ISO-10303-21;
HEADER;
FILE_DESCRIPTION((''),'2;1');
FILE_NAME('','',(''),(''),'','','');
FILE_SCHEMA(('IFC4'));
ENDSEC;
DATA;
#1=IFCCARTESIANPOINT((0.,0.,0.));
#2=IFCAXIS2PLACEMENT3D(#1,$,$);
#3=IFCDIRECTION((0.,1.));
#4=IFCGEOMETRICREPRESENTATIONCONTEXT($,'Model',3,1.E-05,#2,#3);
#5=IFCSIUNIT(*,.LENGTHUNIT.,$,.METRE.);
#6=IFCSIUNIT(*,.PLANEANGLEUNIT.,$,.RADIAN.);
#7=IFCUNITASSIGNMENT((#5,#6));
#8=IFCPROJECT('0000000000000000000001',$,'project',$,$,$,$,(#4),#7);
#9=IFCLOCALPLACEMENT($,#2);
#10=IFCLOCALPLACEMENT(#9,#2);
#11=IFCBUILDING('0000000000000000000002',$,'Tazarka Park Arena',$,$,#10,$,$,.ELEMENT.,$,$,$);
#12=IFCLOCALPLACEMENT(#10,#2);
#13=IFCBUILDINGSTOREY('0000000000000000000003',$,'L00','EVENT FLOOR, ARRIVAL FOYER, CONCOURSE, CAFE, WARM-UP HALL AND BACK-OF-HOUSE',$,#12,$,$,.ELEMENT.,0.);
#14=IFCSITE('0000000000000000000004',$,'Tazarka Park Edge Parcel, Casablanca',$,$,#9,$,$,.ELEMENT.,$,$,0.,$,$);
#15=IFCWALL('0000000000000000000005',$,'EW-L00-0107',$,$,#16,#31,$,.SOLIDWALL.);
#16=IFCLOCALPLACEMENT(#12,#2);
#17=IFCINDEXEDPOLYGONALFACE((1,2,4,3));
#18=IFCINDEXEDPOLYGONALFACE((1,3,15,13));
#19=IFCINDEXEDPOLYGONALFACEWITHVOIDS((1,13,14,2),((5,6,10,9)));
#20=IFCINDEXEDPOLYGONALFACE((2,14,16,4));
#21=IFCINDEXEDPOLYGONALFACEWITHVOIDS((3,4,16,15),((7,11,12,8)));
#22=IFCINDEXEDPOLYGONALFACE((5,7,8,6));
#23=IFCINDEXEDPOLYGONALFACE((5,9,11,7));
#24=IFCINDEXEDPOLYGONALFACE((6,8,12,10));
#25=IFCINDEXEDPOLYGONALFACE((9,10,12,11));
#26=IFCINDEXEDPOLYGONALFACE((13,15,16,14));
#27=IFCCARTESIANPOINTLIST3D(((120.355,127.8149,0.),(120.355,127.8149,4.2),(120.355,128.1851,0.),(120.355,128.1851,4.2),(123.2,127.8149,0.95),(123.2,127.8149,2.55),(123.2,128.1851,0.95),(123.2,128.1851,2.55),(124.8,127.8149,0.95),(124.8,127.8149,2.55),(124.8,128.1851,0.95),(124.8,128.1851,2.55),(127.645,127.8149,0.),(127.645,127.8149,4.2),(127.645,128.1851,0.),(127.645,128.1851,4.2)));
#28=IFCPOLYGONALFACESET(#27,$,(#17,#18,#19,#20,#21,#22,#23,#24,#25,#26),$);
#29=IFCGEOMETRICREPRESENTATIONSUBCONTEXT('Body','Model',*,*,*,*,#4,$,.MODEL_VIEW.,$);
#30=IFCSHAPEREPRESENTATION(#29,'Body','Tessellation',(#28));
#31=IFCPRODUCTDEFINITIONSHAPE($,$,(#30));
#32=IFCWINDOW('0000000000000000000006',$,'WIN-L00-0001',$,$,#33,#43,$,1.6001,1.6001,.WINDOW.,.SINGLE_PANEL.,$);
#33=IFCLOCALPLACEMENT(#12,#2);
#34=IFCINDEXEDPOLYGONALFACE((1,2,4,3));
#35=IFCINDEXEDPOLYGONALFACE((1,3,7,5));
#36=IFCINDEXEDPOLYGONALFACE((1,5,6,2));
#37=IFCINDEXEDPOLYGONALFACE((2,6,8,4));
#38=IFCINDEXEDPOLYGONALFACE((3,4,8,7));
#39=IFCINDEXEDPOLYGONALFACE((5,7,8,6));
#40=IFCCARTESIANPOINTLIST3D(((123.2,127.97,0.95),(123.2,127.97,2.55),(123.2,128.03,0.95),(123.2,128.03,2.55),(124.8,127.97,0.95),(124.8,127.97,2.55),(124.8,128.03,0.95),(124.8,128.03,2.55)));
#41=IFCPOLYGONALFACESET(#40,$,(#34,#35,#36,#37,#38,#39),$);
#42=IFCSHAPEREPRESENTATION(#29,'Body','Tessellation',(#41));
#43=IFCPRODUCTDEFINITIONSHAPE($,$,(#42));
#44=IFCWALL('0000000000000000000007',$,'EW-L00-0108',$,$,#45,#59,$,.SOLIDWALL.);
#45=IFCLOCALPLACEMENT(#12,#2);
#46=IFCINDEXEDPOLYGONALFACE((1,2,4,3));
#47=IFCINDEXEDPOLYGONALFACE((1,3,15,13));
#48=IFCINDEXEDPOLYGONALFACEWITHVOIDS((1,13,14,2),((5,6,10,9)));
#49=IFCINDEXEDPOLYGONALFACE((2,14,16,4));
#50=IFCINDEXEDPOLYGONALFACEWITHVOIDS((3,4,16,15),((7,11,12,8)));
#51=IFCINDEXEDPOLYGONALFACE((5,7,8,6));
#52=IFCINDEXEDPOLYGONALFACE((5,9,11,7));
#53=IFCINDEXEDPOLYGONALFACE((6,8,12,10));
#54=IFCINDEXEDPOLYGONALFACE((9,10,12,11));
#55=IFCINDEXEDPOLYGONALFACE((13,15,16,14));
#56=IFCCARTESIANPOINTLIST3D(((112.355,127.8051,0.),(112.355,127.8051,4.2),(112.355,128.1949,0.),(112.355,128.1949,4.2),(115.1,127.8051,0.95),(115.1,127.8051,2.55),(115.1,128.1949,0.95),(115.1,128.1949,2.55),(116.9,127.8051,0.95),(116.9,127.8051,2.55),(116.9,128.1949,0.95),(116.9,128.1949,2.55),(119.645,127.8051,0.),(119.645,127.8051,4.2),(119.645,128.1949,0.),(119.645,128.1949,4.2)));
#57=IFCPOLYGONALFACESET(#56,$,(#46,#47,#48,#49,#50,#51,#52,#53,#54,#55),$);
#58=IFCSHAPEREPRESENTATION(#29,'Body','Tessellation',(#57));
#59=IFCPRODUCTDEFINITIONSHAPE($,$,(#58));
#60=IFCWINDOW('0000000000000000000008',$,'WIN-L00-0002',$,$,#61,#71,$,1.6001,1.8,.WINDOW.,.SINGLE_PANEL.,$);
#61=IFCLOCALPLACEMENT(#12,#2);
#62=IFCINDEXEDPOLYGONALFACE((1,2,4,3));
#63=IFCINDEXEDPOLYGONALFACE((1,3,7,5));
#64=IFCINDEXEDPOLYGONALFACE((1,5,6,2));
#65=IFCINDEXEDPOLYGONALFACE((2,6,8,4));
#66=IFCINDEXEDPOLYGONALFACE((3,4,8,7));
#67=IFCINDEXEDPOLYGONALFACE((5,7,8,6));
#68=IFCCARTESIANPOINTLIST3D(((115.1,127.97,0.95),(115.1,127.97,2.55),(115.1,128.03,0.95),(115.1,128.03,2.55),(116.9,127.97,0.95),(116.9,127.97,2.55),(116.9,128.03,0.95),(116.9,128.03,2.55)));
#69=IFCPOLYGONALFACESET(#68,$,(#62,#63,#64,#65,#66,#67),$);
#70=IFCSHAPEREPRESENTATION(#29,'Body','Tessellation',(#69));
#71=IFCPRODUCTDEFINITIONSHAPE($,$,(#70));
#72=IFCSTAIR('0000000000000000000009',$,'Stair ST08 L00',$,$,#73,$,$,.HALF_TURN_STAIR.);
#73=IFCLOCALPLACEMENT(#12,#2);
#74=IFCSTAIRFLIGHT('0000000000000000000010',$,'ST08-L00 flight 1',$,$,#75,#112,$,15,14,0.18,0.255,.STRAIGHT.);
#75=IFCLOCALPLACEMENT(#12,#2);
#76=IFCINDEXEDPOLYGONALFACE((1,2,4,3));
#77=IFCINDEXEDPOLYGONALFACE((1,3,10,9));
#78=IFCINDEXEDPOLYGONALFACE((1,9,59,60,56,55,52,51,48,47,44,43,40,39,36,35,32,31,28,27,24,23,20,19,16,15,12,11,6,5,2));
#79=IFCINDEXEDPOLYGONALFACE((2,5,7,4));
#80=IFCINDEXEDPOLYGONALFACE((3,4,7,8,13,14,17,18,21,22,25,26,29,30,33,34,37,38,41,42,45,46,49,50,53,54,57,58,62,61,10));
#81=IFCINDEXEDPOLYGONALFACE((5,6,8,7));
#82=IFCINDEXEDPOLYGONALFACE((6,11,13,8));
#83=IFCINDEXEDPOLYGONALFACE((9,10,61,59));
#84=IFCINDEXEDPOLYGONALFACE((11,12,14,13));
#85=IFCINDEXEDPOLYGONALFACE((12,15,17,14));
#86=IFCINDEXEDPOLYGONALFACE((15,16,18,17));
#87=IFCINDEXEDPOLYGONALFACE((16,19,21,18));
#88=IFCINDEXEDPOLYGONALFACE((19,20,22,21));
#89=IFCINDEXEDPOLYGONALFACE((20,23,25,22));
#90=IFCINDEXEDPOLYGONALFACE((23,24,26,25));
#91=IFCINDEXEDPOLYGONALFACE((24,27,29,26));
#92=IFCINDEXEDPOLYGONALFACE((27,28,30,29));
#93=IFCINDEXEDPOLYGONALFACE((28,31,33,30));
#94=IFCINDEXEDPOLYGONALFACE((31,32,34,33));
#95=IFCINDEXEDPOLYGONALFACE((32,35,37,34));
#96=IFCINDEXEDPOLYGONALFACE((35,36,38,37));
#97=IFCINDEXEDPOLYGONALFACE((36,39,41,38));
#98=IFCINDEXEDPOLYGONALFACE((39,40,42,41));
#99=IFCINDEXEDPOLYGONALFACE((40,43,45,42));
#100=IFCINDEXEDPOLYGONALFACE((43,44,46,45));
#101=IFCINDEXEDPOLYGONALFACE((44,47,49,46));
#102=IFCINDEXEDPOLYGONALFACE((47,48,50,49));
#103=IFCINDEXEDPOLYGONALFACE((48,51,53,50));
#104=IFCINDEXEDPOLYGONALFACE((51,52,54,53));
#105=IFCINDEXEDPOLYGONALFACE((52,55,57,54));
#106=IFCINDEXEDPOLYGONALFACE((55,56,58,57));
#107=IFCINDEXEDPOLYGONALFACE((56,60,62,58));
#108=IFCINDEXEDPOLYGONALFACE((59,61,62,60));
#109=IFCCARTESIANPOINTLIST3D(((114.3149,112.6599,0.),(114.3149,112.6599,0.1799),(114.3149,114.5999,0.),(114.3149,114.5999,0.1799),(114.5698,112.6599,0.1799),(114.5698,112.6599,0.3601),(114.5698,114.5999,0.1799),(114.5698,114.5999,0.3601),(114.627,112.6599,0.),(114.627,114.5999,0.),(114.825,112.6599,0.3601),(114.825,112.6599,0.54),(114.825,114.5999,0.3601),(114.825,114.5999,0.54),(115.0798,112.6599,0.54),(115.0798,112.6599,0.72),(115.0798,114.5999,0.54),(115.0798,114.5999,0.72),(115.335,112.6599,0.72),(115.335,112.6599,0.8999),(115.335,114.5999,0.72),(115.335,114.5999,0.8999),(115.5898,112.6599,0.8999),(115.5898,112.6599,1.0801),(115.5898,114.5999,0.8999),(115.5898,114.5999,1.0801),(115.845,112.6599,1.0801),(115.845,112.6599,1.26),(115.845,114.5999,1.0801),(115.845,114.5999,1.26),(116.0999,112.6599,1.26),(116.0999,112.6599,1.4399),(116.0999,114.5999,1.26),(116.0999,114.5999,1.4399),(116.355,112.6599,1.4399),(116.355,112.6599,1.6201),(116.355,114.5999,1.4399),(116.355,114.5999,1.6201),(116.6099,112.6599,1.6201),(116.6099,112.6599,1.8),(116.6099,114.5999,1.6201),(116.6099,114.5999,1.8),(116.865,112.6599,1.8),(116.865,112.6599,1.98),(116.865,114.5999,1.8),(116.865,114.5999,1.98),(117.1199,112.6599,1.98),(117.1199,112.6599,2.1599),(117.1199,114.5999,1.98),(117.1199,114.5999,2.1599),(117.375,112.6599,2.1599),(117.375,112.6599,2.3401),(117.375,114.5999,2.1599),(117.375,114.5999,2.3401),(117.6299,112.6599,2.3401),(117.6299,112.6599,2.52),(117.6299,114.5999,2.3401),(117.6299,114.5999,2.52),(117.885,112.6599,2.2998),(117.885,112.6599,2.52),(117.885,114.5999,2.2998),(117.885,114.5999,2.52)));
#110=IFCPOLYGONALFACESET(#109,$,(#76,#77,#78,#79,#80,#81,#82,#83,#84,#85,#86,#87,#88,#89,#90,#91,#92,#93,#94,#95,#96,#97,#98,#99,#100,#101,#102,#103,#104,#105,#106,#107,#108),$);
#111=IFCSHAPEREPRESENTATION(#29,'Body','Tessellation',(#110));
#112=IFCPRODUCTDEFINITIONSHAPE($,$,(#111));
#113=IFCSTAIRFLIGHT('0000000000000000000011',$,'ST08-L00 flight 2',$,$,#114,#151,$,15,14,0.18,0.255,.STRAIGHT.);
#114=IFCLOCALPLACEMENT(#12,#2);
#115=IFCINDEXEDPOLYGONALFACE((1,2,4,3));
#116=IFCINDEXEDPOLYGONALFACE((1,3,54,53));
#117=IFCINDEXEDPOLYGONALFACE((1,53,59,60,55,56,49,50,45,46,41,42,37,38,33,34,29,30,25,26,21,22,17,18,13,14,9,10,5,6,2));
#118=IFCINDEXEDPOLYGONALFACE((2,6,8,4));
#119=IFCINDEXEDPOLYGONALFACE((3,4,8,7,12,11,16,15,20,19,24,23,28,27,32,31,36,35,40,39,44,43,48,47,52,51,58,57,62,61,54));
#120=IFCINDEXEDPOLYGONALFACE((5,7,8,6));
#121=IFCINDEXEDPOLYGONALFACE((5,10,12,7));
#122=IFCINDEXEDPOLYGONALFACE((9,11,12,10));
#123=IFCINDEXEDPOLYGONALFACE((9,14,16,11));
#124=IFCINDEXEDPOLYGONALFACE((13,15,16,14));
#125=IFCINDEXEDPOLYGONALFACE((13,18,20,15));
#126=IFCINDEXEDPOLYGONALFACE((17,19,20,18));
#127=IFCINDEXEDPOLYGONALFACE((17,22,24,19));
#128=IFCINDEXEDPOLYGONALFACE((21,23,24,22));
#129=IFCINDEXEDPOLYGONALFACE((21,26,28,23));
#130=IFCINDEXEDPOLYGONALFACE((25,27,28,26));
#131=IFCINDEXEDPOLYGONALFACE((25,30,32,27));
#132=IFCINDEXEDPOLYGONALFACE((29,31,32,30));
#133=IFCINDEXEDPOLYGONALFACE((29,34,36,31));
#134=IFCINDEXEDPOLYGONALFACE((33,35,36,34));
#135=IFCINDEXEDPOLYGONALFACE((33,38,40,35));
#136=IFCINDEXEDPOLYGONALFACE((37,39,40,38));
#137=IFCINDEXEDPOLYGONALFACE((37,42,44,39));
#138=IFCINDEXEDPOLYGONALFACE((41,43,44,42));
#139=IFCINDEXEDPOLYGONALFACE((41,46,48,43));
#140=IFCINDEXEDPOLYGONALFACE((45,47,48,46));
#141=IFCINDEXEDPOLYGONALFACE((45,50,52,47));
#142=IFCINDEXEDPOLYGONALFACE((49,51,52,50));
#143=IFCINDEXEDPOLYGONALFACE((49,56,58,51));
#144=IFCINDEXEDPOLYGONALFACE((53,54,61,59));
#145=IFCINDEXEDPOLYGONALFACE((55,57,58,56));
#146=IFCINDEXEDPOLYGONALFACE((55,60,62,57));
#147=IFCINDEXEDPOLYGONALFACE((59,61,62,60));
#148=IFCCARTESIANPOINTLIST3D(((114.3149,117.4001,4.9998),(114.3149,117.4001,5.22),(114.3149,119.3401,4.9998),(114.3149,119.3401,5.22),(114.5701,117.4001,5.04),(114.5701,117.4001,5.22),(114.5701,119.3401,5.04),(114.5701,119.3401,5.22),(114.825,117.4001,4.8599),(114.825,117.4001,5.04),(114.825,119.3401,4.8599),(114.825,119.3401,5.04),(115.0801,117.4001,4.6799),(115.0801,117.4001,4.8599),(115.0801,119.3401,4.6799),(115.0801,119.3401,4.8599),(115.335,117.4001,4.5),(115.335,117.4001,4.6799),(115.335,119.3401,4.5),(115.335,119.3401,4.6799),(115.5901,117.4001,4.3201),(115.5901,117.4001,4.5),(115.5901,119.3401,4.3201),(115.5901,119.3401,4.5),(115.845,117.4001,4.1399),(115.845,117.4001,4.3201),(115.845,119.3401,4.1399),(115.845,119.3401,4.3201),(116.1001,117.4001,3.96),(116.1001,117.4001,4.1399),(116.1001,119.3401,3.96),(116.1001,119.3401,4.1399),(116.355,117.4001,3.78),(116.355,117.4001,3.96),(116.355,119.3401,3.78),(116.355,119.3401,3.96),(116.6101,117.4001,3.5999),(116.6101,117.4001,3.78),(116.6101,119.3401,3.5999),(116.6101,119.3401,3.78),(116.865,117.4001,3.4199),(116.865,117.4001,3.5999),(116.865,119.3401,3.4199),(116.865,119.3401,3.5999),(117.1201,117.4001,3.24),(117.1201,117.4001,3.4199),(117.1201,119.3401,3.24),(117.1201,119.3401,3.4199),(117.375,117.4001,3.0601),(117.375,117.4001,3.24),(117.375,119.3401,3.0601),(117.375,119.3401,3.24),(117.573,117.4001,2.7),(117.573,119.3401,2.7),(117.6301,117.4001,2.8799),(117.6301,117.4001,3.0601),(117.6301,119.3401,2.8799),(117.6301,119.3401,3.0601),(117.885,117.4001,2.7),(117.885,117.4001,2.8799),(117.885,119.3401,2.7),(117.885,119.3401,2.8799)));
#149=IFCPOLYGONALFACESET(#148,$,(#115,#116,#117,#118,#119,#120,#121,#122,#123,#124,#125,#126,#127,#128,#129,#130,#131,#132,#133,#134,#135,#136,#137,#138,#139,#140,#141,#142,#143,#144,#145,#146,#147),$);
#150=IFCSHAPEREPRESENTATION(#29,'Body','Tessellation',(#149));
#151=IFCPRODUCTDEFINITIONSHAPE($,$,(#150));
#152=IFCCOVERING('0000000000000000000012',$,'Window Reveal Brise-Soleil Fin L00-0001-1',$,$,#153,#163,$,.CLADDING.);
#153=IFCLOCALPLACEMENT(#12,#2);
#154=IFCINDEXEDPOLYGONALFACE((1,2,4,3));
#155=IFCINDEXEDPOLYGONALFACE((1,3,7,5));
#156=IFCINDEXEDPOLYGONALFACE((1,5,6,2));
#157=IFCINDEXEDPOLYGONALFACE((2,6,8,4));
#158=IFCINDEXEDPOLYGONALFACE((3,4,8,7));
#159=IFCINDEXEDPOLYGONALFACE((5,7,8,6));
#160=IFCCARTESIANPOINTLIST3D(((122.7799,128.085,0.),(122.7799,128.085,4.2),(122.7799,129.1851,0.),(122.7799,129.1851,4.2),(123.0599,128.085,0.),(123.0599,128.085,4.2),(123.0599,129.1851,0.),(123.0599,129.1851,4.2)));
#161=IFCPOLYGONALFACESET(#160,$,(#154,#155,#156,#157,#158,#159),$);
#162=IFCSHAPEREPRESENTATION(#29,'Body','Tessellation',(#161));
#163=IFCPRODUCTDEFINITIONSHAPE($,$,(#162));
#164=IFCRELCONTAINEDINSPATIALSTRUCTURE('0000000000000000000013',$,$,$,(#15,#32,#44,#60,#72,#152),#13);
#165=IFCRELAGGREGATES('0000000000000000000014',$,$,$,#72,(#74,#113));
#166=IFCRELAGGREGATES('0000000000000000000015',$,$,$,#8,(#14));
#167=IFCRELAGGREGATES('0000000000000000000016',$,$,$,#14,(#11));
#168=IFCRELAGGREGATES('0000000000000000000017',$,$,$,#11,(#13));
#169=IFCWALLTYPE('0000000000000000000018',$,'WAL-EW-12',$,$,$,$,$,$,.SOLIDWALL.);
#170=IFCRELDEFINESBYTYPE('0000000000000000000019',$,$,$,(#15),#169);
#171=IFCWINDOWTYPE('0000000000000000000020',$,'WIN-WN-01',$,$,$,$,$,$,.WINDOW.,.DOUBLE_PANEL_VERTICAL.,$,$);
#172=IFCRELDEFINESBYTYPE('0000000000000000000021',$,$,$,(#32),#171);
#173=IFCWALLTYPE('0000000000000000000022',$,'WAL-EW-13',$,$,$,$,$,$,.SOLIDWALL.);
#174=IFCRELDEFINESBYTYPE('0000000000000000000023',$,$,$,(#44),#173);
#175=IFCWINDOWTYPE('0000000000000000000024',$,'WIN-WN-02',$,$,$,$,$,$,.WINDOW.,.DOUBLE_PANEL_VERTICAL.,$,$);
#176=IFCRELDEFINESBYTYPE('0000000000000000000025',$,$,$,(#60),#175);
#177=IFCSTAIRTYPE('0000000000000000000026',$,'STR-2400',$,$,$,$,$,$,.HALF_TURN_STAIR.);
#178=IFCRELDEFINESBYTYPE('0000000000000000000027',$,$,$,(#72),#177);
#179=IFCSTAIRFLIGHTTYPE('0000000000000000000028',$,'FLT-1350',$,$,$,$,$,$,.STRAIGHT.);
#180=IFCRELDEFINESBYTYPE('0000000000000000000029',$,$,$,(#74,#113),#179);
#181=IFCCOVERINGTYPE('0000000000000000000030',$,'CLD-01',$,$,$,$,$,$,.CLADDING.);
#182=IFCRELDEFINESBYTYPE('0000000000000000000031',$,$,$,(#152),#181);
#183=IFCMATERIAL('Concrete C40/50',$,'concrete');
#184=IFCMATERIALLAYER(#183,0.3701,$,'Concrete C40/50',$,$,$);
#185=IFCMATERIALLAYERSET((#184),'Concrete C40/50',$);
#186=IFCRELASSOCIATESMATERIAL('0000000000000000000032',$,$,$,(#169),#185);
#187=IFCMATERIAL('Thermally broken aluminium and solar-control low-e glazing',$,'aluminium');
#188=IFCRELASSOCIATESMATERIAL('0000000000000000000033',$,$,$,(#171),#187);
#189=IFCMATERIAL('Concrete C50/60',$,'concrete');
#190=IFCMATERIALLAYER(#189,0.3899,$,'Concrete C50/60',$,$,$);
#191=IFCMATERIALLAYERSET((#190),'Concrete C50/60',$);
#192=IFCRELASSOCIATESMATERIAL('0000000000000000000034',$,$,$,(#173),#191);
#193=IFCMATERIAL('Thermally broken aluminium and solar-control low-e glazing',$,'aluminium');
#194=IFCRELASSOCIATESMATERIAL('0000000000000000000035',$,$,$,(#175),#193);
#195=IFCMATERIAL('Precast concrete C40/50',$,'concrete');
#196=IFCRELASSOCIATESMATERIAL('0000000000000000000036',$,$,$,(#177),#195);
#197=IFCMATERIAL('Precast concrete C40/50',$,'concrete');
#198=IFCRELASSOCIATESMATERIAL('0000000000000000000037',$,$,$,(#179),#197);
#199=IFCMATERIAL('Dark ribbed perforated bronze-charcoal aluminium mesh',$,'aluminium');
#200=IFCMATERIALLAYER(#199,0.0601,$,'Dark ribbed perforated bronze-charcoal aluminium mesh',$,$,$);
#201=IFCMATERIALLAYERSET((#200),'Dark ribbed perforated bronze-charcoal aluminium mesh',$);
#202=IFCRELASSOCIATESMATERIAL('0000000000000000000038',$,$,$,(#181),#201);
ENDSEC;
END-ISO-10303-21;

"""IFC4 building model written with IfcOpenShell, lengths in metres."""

from ifc_helpers import new_model, si_unit, direction, frame, frame_2d, origin, origin_2d, place, context, subcontext, project, spatial, polyline, rectangle, outline, extrude, material, layer, layer_set, type_object, element, fill, aggregate, save


model = new_model("IFC4")

# Units and contexts
model_context = context("Model", 3, precision=1e-05, world=origin(), true_north=direction((0.0, 1.0)))
body_context = subcontext(model_context, "Body", "Model", "MODEL_VIEW")
ifc_project = project(units=[si_unit("LENGTHUNIT", "METRE"), si_unit("PLANEANGLEUNIT", "RADIAN")], contexts=[model_context])

# Site, building, storey
site_placement = place(None, origin())
site = spatial("IfcSite", under=ifc_project, at=site_placement, Name="Tazarka Park Edge Parcel, Casablanca", CompositionType="ELEMENT", RefElevation=0.0)
building_placement = place(site_placement, origin())
building = spatial("IfcBuilding", under=site, at=building_placement, Name="Tazarka Park Arena", CompositionType="ELEMENT")
storey_placement = place(building_placement, origin())
storey = spatial("IfcBuildingStorey", under=building, at=storey_placement, Name="L00", Description="EVENT FLOOR, ARRIVAL FOYER, CONCOURSE, CAFE, WARM-UP HALL AND BACK-OF-HOUSE", CompositionType="ELEMENT", Elevation=0.0)

# Walls, openings, windows
ifc_material_1 = material(Name="Concrete C40/50", Category="concrete")
ifc_layer_1 = layer(ifc_material_1, 0.3701, Name="Concrete C40/50")
ifc_layer_set_1 = layer_set([ifc_layer_1], Name="Concrete C40/50")
wall_type_1 = type_object("IfcWallType", Name="WAL-EW-12", PredefinedType="SOLIDWALL", material=ifc_layer_set_1)
wall_1_placement = place(storey_placement, frame((120.355, 128.0, 0.0), z_axis=(0.0, 0.0, 1.0), x_axis=(1.0, 0.0, 0.0)))
wall_1 = element("IfcWall", 1, at=wall_1_placement, inside=storey, type_object=wall_type_1, Name="EW-L00-0107", PredefinedType="SOLIDWALL", context=body_context, shape_type="SweptSolid", body=[
    extrude(rectangle(XDim=7.29, YDim=0.3701, at=frame_2d((3.645, 0.0))), origin(), (0.0, 0.0, 1.0), 4.2),
])
opening_1_placement = place(wall_1_placement, frame((2.845, 0.0, 0.95)))
opening_1 = element("IfcOpeningElement", 2, at=opening_1_placement, cuts=wall_1, PredefinedType="OPENING", context=body_context, shape_type="SweptSolid", body=[
    extrude(rectangle(XDim=1.6001, YDim=1.6001, at=frame_2d((0.8, 0.8))), frame((0.0, 0.1951, 0.0), z_axis=(0.0, -1.0, 0.0), x_axis=(1.0, 0.0, 0.0)), (0.0, 0.0, 1.0), 0.3901),
])
ifc_material_2 = material(Name="Thermally broken aluminium and solar-control low-e glazing", Category="aluminium")
window_type_1 = type_object("IfcWindowType", Name="WIN-WN-01", PartitioningType="DOUBLE_PANEL_VERTICAL", PredefinedType="WINDOW", material=ifc_material_2)
window_1_placement = place(opening_1_placement, origin())
window_1 = element("IfcWindow", 3, at=window_1_placement, inside=storey, type_object=window_type_1, Name="WIN-L00-0001", OverallHeight=1.6001, OverallWidth=1.6001, PartitioningType="SINGLE_PANEL", PredefinedType="WINDOW", context=body_context, shape_type="SweptSolid", body=[
    extrude(rectangle(XDim=1.6001, YDim=1.6001, at=frame_2d((0.8, 0.8))), frame((0.0, 0.03, 0.0), z_axis=(0.0, -1.0, 0.0), x_axis=(1.0, 0.0, 0.0)), (0.0, 0.0, 1.0), 0.0601),
])
fill(opening_1, window_1)
ifc_material_3 = material(Name="Concrete C50/60", Category="concrete")
ifc_layer_2 = layer(ifc_material_3, 0.3899, Name="Concrete C50/60")
ifc_layer_set_2 = layer_set([ifc_layer_2], Name="Concrete C50/60")
wall_type_2 = type_object("IfcWallType", Name="WAL-EW-13", PredefinedType="SOLIDWALL", material=ifc_layer_set_2)
wall_2_placement = place(storey_placement, frame((112.355, 128.0, 0.0), z_axis=(0.0, 0.0, 1.0), x_axis=(1.0, 0.0, 0.0)))
wall_2 = element("IfcWall", 4, at=wall_2_placement, inside=storey, type_object=wall_type_2, Name="EW-L00-0108", PredefinedType="SOLIDWALL", context=body_context, shape_type="SweptSolid", body=[
    extrude(rectangle(XDim=7.29, YDim=0.3899, at=frame_2d((3.645, 0.0))), origin(), (0.0, 0.0, 1.0), 4.2),
])
opening_2_placement = place(wall_2_placement, frame((2.7451, 0.0, 0.95)))
opening_2 = element("IfcOpeningElement", 5, at=opening_2_placement, cuts=wall_2, PredefinedType="OPENING", context=body_context, shape_type="SweptSolid", body=[
    extrude(rectangle(XDim=1.8, YDim=1.6001, at=frame_2d((0.8999, 0.8))), frame((0.0, 0.2051, 0.0), z_axis=(0.0, -1.0, 0.0), x_axis=(1.0, 0.0, 0.0)), (0.0, 0.0, 1.0), 0.4099),
])
ifc_material_4 = material(Name="Thermally broken aluminium and solar-control low-e glazing", Category="aluminium")
window_type_2 = type_object("IfcWindowType", Name="WIN-WN-02", PartitioningType="DOUBLE_PANEL_VERTICAL", PredefinedType="WINDOW", material=ifc_material_4)
window_2_placement = place(opening_2_placement, origin())
window_2 = element("IfcWindow", 6, at=window_2_placement, inside=storey, type_object=window_type_2, Name="WIN-L00-0002", OverallHeight=1.6001, OverallWidth=1.8, PartitioningType="SINGLE_PANEL", PredefinedType="WINDOW", context=body_context, shape_type="SweptSolid", body=[
    extrude(rectangle(XDim=1.8, YDim=1.6001, at=frame_2d((0.8999, 0.8))), frame((0.0, 0.03, 0.0), z_axis=(0.0, -1.0, 0.0), x_axis=(1.0, 0.0, 0.0)), (0.0, 0.0, 1.0), 0.0601),
])
fill(opening_2, window_2)

# Stair, stair flights
ifc_material_5 = material(Name="Precast concrete C40/50", Category="concrete")
stair_type = type_object("IfcStairType", Name="STR-2400", PredefinedType="HALF_TURN_STAIR", material=ifc_material_5)
stair_placement = place(storey_placement, origin())
stair = element("IfcStair", 7, at=stair_placement, inside=storey, type_object=stair_type, Name="Stair ST08 L00", PredefinedType="HALF_TURN_STAIR")
ifc_material_6 = material(Name="Precast concrete C40/50", Category="concrete")
stair_flight_type = type_object("IfcStairFlightType", Name="FLT-1350", PredefinedType="STRAIGHT", material=ifc_material_6)
stair_flight_1_placement = place(storey_placement, frame((114.3149, 113.6299, 0.0), z_axis=(0.0, 0.0, 1.0), x_axis=(1.0, 0.0, 0.0)))
stair_flight_1 = element("IfcStairFlight", 8, at=stair_flight_1_placement, type_object=stair_flight_type, Name="ST08-L00 flight 1", NumberOfRisers=15, NumberOfTreads=14, PredefinedType="STRAIGHT", RiserHeight=0.18, TreadLength=0.255, context=body_context, shape_type="SweptSolid", body=[
    extrude(outline(polyline([(0.0, 0.0), (0.0, 0.1799), (0.2549, 0.1799), (0.2549, 0.3601), (0.51, 0.3601), (0.51, 0.54), (0.7649, 0.54), (0.7649, 0.72), (1.02, 0.72), (1.02, 0.8999), (1.2749, 0.8999), (1.2749, 1.0801), (1.53, 1.0801), (1.53, 1.26), (1.7849, 1.26), (1.7849, 1.4399), (2.04, 1.4399), (2.04, 1.6201), (2.2949, 1.6201), (2.2949, 1.8), (2.55, 1.8), (2.55, 1.98), (2.8049, 1.98), (2.8049, 2.1599), (3.0601, 2.1599), (3.0601, 2.3401), (3.3149, 2.3401), (3.3149, 2.52), (3.5701, 2.52), (3.5701, 2.7), (3.5701, 2.2998), (0.312, 0.0), (0.0, 0.0)])), frame((0.0, 0.97, 0.0), z_axis=(0.0, -1.0, 0.0), x_axis=(1.0, 0.0, 0.0)), (0.0, 0.0, 1.0), 1.9399),
])
stair_flight_2_placement = place(storey_placement, frame((117.885, 118.3701, 2.7), z_axis=(0.0, 0.0, 1.0), x_axis=(-1.0, 0.0, 0.0)))
stair_flight_2 = element("IfcStairFlight", 9, at=stair_flight_2_placement, type_object=stair_flight_type, Name="ST08-L00 flight 2", NumberOfRisers=15, NumberOfTreads=14, PredefinedType="STRAIGHT", RiserHeight=0.18, TreadLength=0.255, context=body_context, shape_type="SweptSolid", body=[
    extrude(outline(polyline([(0.0, 0.0), (0.0, 0.1799), (0.2549, 0.1799), (0.2549, 0.3601), (0.51, 0.3601), (0.51, 0.54), (0.7649, 0.54), (0.7649, 0.72), (1.02, 0.72), (1.02, 0.8999), (1.2749, 0.8999), (1.2749, 1.0801), (1.53, 1.0801), (1.53, 1.26), (1.7849, 1.26), (1.7849, 1.4399), (2.04, 1.4399), (2.04, 1.6201), (2.2949, 1.6201), (2.2949, 1.8), (2.55, 1.8), (2.55, 1.98), (2.8049, 1.98), (2.8049, 2.1599), (3.0601, 2.1599), (3.0601, 2.3401), (3.3149, 2.3401), (3.3149, 2.52), (3.5701, 2.52), (3.5701, 2.7), (3.5701, 2.2998), (0.312, 0.0), (0.0, 0.0)])), frame((0.0, 0.97, 0.0), z_axis=(0.0, -1.0, 0.0), x_axis=(1.0, 0.0, 0.0)), (0.0, 0.0, 1.0), 1.9399),
])
aggregate(stair, [stair_flight_1, stair_flight_2])

# Covering
ifc_material_7 = material(Name="Dark ribbed perforated bronze-charcoal aluminium mesh", Category="aluminium")
ifc_layer_3 = layer(ifc_material_7, 0.0601, Name="Dark ribbed perforated bronze-charcoal aluminium mesh")
ifc_layer_set_3 = layer_set([ifc_layer_3], Name="Dark ribbed perforated bronze-charcoal aluminium mesh")
covering_type = type_object("IfcCoveringType", Name="CLD-01", PredefinedType="CLADDING", material=ifc_layer_set_3)
for number, where, z_axis, x_axis, name in (
    (10, (122.9199, 128.635, 0.0), (0.0, 0.0, 1.0), (1.0, 0.0, 0.0), "Window Reveal Brise-Soleil Fin L00-0001-1"),
):
    element("IfcCovering", number, at=place(storey_placement, frame(where, z_axis=z_axis, x_axis=x_axis)), inside=storey, type_object=covering_type, Name=name, PredefinedType="CLADDING", context=body_context, shape_type="SweptSolid", body=[
        extrude(rectangle(XDim=0.28, YDim=1.1001, at=origin_2d()), origin(), (0.0, 0.0, 1.0), 4.2),
    ])

save(model, "model.ifc")
